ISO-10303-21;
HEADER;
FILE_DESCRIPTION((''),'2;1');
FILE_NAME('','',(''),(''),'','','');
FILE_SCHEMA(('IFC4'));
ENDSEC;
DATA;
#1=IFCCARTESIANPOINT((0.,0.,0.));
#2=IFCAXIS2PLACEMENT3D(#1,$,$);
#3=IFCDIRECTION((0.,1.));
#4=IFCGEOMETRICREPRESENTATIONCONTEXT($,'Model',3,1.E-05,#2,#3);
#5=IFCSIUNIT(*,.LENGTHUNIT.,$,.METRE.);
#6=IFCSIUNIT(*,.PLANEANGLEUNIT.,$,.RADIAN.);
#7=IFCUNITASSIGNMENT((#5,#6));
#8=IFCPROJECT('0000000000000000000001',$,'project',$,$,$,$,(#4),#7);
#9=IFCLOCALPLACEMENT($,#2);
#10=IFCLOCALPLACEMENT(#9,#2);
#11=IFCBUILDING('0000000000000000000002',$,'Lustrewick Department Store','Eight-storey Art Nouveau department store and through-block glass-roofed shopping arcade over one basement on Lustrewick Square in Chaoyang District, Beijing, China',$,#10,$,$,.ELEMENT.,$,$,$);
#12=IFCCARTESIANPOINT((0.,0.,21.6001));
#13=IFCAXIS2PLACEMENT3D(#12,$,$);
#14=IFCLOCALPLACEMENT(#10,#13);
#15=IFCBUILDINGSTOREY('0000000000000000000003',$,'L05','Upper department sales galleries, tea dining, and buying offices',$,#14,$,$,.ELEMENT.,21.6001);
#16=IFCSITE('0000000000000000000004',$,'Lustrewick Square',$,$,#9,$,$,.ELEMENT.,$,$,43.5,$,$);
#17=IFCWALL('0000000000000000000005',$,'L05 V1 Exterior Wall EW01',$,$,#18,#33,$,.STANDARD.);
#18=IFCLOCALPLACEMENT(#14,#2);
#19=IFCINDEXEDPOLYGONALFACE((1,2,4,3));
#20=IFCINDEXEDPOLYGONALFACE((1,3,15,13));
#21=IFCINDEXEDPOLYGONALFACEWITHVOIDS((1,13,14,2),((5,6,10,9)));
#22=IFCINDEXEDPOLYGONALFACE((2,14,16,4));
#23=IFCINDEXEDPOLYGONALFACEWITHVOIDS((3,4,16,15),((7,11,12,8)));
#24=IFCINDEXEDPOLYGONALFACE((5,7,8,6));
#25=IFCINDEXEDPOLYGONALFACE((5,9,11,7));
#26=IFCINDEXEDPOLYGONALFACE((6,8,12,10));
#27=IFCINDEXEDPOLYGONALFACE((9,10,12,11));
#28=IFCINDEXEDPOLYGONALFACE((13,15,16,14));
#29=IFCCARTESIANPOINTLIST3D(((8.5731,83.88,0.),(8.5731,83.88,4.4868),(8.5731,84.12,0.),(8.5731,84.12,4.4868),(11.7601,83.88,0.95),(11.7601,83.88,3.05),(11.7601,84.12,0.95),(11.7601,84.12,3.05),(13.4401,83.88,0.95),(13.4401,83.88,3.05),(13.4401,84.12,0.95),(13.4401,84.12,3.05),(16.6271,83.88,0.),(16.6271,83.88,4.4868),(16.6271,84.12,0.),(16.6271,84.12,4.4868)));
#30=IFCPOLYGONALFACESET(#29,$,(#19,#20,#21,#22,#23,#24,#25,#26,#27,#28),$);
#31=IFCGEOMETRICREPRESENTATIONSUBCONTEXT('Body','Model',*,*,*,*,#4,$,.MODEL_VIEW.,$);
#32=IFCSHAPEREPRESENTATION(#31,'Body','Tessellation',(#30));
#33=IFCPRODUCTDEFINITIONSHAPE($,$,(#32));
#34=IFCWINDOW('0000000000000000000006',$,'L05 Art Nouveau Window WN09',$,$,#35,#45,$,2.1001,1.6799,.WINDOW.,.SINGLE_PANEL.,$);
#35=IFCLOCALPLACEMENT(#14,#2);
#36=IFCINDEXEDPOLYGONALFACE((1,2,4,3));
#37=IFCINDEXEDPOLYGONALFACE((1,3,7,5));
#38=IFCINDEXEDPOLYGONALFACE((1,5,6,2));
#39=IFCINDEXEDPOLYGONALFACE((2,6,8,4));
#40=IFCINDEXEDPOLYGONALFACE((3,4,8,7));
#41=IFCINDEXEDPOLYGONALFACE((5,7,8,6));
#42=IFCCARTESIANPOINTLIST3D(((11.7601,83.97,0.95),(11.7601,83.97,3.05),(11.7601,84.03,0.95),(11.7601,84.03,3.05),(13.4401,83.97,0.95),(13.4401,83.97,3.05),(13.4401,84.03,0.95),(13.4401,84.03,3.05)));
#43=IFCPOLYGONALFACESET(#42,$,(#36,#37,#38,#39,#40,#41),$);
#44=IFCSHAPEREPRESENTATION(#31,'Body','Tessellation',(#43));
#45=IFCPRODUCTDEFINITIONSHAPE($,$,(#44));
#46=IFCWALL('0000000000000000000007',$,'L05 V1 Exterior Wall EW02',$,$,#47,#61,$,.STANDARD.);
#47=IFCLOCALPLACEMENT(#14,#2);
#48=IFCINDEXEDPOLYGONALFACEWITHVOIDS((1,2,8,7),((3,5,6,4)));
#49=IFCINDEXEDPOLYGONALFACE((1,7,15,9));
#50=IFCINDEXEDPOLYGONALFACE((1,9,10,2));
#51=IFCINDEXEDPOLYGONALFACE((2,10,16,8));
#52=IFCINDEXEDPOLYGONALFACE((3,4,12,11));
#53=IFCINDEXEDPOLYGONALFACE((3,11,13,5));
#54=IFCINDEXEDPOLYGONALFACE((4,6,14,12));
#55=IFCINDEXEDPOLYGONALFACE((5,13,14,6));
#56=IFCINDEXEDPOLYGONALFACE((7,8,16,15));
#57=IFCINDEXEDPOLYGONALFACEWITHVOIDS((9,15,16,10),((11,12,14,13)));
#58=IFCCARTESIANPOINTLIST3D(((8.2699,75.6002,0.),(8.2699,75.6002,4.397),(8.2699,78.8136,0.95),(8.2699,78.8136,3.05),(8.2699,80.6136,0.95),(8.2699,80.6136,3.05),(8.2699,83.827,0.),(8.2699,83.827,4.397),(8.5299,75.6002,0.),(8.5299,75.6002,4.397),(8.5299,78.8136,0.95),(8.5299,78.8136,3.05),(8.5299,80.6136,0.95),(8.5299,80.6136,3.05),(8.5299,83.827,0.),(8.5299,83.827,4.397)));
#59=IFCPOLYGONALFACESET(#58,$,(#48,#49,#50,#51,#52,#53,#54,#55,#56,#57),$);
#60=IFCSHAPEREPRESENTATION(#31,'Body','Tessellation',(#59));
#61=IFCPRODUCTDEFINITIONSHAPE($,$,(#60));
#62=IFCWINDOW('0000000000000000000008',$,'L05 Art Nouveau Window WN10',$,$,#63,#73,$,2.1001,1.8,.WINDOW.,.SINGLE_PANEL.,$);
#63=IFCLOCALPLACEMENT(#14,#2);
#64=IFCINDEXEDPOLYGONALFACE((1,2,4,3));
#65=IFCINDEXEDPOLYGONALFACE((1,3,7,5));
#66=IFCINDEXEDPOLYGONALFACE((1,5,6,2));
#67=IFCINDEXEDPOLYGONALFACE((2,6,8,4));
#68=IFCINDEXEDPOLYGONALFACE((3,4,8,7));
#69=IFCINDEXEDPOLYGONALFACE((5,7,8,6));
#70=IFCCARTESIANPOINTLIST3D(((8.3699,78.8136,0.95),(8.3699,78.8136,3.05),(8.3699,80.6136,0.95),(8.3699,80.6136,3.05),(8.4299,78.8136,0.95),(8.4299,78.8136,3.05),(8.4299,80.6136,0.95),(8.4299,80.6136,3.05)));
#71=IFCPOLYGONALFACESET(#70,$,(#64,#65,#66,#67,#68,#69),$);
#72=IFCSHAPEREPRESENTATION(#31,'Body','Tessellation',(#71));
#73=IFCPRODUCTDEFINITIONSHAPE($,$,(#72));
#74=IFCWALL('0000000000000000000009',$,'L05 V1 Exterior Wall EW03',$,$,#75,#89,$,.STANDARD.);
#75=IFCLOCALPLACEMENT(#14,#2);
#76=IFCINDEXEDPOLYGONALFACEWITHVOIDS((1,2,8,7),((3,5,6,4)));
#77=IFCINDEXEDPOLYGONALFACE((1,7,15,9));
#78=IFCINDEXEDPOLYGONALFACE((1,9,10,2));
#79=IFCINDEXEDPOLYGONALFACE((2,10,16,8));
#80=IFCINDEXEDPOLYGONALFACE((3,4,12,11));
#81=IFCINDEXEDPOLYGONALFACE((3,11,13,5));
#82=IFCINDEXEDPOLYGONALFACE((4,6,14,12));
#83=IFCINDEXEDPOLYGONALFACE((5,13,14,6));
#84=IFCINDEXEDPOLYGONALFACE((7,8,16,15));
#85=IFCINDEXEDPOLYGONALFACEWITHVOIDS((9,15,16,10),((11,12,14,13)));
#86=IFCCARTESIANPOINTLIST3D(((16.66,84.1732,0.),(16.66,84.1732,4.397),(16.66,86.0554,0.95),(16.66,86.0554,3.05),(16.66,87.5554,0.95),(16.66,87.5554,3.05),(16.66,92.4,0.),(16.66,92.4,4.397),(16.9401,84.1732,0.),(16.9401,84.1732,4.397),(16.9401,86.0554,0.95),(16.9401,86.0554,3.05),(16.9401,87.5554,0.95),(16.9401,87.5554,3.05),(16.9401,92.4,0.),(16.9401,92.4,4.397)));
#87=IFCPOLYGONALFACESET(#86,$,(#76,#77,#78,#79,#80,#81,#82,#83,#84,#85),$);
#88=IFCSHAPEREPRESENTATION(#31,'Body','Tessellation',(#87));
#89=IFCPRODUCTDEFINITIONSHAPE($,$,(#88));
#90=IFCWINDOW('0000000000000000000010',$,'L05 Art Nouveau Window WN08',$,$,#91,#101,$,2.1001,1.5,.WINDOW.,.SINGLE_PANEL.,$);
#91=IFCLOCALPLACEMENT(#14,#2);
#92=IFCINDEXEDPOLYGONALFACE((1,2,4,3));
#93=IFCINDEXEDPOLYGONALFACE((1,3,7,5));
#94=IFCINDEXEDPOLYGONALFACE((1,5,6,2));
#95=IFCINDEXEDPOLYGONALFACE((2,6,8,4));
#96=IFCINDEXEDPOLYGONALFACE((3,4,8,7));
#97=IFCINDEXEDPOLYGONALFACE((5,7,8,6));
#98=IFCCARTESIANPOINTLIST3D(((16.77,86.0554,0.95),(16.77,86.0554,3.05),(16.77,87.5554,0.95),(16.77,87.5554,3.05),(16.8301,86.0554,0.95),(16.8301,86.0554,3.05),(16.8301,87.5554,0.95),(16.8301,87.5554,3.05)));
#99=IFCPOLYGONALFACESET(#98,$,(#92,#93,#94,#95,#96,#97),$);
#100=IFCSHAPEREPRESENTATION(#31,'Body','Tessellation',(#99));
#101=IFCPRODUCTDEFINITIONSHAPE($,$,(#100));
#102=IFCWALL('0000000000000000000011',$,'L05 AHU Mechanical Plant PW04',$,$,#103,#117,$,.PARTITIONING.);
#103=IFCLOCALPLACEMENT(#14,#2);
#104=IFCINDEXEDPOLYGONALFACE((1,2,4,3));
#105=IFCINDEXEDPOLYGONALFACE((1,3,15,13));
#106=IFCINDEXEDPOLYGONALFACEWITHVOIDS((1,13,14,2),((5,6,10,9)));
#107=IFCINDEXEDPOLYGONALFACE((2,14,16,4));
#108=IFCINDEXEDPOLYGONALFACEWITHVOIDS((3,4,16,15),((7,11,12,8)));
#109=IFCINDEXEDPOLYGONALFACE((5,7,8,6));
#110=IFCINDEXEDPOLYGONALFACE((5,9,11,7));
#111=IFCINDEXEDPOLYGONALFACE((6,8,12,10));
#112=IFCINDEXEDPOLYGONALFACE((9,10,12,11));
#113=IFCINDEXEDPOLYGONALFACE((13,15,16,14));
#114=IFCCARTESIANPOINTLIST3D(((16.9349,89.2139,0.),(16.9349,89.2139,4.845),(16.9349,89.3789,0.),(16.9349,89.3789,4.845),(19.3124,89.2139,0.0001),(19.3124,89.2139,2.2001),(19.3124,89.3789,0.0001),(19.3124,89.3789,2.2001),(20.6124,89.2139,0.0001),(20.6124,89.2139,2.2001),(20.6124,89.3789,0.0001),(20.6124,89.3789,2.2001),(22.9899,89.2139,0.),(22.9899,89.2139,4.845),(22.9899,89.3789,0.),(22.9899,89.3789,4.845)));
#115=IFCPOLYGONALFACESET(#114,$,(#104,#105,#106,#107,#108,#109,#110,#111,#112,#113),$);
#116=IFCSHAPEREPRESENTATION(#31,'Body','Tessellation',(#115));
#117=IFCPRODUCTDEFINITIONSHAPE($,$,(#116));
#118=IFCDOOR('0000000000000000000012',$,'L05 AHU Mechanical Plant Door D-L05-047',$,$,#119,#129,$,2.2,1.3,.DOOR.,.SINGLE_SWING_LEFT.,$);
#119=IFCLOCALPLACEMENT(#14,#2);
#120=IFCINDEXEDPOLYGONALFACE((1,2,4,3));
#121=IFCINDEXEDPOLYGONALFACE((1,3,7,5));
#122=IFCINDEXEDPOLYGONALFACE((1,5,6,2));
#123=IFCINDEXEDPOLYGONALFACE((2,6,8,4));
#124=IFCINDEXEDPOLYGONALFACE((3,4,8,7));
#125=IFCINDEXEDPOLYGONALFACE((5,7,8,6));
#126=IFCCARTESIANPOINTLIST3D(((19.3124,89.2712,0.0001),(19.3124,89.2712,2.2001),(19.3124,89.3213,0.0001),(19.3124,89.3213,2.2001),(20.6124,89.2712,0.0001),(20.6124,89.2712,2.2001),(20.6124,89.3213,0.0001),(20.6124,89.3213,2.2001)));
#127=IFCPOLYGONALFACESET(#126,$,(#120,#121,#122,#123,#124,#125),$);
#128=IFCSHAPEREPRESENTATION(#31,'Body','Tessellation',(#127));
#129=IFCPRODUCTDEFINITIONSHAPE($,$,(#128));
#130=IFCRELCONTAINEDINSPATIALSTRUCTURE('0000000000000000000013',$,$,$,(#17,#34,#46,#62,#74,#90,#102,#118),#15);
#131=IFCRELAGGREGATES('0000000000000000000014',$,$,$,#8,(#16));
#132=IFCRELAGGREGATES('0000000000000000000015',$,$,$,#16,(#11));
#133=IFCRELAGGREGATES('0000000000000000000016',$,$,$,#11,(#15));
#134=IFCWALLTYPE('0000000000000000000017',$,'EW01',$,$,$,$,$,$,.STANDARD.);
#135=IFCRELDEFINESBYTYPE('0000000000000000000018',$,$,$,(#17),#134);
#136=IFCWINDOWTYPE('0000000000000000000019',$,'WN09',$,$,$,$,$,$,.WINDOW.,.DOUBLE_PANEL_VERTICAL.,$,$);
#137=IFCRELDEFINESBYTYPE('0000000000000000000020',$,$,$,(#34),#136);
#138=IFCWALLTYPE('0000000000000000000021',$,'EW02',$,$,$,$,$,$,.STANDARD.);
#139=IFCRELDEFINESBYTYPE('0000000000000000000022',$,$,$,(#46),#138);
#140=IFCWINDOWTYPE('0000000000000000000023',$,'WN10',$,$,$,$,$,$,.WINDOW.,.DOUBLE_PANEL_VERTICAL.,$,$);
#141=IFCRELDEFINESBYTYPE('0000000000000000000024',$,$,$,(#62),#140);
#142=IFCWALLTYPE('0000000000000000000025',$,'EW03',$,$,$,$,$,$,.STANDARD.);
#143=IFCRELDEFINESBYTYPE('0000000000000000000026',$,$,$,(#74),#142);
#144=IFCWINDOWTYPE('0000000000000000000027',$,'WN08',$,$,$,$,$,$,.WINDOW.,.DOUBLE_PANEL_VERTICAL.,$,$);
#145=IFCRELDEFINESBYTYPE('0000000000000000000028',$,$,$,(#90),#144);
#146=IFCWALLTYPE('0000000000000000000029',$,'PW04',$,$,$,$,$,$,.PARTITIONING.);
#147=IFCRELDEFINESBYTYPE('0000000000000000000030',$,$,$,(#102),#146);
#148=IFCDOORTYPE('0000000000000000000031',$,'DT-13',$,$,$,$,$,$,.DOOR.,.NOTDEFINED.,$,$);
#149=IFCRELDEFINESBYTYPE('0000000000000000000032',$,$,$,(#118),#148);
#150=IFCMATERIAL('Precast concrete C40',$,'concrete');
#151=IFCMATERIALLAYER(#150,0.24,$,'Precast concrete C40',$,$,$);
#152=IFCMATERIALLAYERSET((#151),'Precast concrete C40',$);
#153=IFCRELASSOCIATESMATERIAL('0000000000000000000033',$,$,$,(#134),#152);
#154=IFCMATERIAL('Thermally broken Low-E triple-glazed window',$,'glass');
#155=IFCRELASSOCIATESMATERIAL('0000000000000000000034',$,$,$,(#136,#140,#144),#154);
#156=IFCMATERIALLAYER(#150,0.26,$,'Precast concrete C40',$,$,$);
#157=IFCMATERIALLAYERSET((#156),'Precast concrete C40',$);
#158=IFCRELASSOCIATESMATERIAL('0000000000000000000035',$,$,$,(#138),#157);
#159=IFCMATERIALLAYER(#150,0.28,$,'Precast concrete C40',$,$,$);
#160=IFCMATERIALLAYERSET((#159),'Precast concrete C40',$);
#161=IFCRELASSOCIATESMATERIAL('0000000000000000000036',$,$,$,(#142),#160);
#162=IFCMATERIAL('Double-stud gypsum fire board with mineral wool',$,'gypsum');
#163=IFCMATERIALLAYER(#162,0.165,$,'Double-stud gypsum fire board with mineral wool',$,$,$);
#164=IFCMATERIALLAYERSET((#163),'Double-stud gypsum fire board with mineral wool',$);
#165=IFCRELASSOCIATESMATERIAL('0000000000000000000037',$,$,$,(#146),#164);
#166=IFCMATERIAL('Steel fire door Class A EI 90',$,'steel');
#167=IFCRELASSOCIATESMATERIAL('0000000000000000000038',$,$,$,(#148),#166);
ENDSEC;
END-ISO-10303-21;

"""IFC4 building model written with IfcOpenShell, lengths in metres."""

from ifc_helpers import new_model, si_unit, direction, frame, frame_2d, origin, place, context, subcontext, project, spatial, rectangle, extrude, material, layer, layer_set, type_object, element, fill, save


model = new_model("IFC4")

# Units and contexts
model_context = context("Model", 3, precision=1e-05, world=origin(), true_north=direction((0.0, 1.0)))
body_context = subcontext(model_context, "Body", "Model", "MODEL_VIEW")
ifc_project = project(units=[si_unit("LENGTHUNIT", "METRE"), si_unit("PLANEANGLEUNIT", "RADIAN")], contexts=[model_context])

# Site, building, storey
site_placement = place(None, origin())
site = spatial("IfcSite", under=ifc_project, at=site_placement, Name="Lustrewick Square", CompositionType="ELEMENT", RefElevation=43.5)
building_placement = place(site_placement, origin())
building = spatial("IfcBuilding", under=site, at=building_placement, Name="Lustrewick Department Store", Description="Eight-storey Art Nouveau department store and through-block glass-roofed shopping arcade over one basement on Lustrewick Square in Chaoyang District, Beijing, China", CompositionType="ELEMENT")
storey_placement = place(building_placement, frame((0.0, 0.0, 21.6001)))
storey = spatial("IfcBuildingStorey", under=building, at=storey_placement, Name="L05", Description="Upper department sales galleries, tea dining, and buying offices", CompositionType="ELEMENT", Elevation=21.6001)

# Walls, openings, windows
ifc_material_1 = material(Name="Precast concrete C40", Category="concrete")
ifc_layer_1 = layer(ifc_material_1, 0.24, Name="Precast concrete C40")
ifc_layer_set_1 = layer_set([ifc_layer_1], Name="Precast concrete C40")
wall_type_1 = type_object("IfcWallType", Name="EW01", PredefinedType="STANDARD", material=ifc_layer_set_1)
wall_1_placement = place(storey_placement, frame((16.627, 84.0, 0.0), z_axis=(0.0, 0.0, 1.0), x_axis=(-1.0, 0.0, 0.0)))
wall_1 = element("IfcWall", 1, at=wall_1_placement, inside=storey, type_object=wall_type_1, Name="L05 V1 Exterior Wall EW01", PredefinedType="STANDARD", context=body_context, shape_type="SweptSolid", body=[
    extrude(rectangle(XDim=8.054, YDim=0.24, at=frame_2d((4.0269, 0.0))), origin(), (0.0, 0.0, 1.0), 4.4868),
])
opening_1_placement = place(wall_1_placement, frame((3.187, 0.0, 0.95)))
opening_1 = element("IfcOpeningElement", 2, at=opening_1_placement, cuts=wall_1, PredefinedType="OPENING", context=body_context, shape_type="SweptSolid", body=[
    extrude(rectangle(XDim=1.6799, YDim=2.1001, at=frame_2d((0.8398, 1.05))), frame((0.0, 0.1299, 0.0), z_axis=(0.0, -1.0, 0.0), x_axis=(1.0, 0.0, 0.0)), (0.0, 0.0, 1.0), 0.26),
])
ifc_material_2 = material(Name="Thermally broken Low-E triple-glazed window", Category="glass")
window_type_1 = type_object("IfcWindowType", Name="WN09", PartitioningType="DOUBLE_PANEL_VERTICAL", PredefinedType="WINDOW", material=ifc_material_2)
window_1_placement = place(opening_1_placement, origin())
window_1 = element("IfcWindow", 3, at=window_1_placement, inside=storey, type_object=window_type_1, Name="L05 Art Nouveau Window WN09", OverallHeight=2.1001, OverallWidth=1.6799, PartitioningType="SINGLE_PANEL", PredefinedType="WINDOW", context=body_context, shape_type="SweptSolid", body=[
    extrude(rectangle(XDim=1.6799, YDim=2.1001, at=frame_2d((0.8398, 1.05))), frame((0.0, 0.03, 0.0), z_axis=(0.0, -1.0, 0.0), x_axis=(1.0, 0.0, 0.0)), (0.0, 0.0, 1.0), 0.0601),
])
fill(opening_1, window_1)
ifc_layer_2 = layer(ifc_material_1, 0.26, Name="Precast concrete C40")
ifc_layer_set_2 = layer_set([ifc_layer_2], Name="Precast concrete C40")
wall_type_2 = type_object("IfcWallType", Name="EW02", PredefinedType="STANDARD", material=ifc_layer_set_2)
wall_2_placement = place(storey_placement, frame((8.3999, 83.8269, 0.0), z_axis=(0.0, 0.0, 1.0), x_axis=(0.0, -1.0, 0.0)))
wall_2 = element("IfcWall", 4, at=wall_2_placement, inside=storey, type_object=wall_type_2, Name="L05 V1 Exterior Wall EW02", PredefinedType="STANDARD", context=body_context, shape_type="SweptSolid", body=[
    extrude(rectangle(XDim=8.2268, YDim=0.26, at=frame_2d((4.1133, 0.0))), origin(), (0.0, 0.0, 1.0), 4.397),
])
opening_2_placement = place(wall_2_placement, frame((3.2134, 0.0, 0.95)))
opening_2 = element("IfcOpeningElement", 5, at=opening_2_placement, cuts=wall_2, PredefinedType="OPENING", context=body_context, shape_type="SweptSolid", body=[
    extrude(rectangle(XDim=1.8, YDim=2.1001, at=frame_2d((0.8999, 1.05))), frame((0.0, 0.1401, 0.0), z_axis=(0.0, -1.0, 0.0), x_axis=(1.0, 0.0, 0.0)), (0.0, 0.0, 1.0), 0.28),
])
window_type_2 = type_object("IfcWindowType", Name="WN10", PartitioningType="DOUBLE_PANEL_VERTICAL", PredefinedType="WINDOW", material=ifc_material_2)
window_2_placement = place(opening_2_placement, origin())
window_2 = element("IfcWindow", 6, at=window_2_placement, inside=storey, type_object=window_type_2, Name="L05 Art Nouveau Window WN10", OverallHeight=2.1001, OverallWidth=1.8, PartitioningType="SINGLE_PANEL", PredefinedType="WINDOW", context=body_context, shape_type="SweptSolid", body=[
    extrude(rectangle(XDim=1.8, YDim=2.1001, at=frame_2d((0.8999, 1.05))), frame((0.0, 0.03, 0.0), z_axis=(0.0, -1.0, 0.0), x_axis=(1.0, 0.0, 0.0)), (0.0, 0.0, 1.0), 0.0601),
])
fill(opening_2, window_2)
ifc_layer_3 = layer(ifc_material_1, 0.28, Name="Precast concrete C40")
ifc_layer_set_3 = layer_set([ifc_layer_3], Name="Precast concrete C40")
wall_type_3 = type_object("IfcWallType", Name="EW03", PredefinedType="STANDARD", material=ifc_layer_set_3)
wall_3_placement = place(storey_placement, frame((16.8, 92.3999, 0.0), z_axis=(0.0, 0.0, 1.0), x_axis=(0.0, -1.0, 0.0)))
wall_3 = element("IfcWall", 7, at=wall_3_placement, inside=storey, type_object=wall_type_3, Name="L05 V1 Exterior Wall EW03", PredefinedType="STANDARD", context=body_context, shape_type="SweptSolid", body=[
    extrude(rectangle(XDim=8.2268, YDim=0.28, at=frame_2d((4.1133, 0.0))), origin(), (0.0, 0.0, 1.0), 4.397),
])
opening_3_placement = place(wall_3_placement, frame((4.8445, 0.0, 0.95)))
opening_3 = element("IfcOpeningElement", 8, at=opening_3_placement, cuts=wall_3, PredefinedType="OPENING", context=body_context, shape_type="SweptSolid", body=[
    extrude(rectangle(XDim=1.5, YDim=2.1001, at=frame_2d((0.75, 1.05))), frame((0.0, 0.1499, 0.0), z_axis=(0.0, -1.0, 0.0), x_axis=(1.0, 0.0, 0.0)), (0.0, 0.0, 1.0), 0.3),
])
window_type_3 = type_object("IfcWindowType", Name="WN08", PartitioningType="DOUBLE_PANEL_VERTICAL", PredefinedType="WINDOW", material=ifc_material_2)
window_3_placement = place(opening_3_placement, origin())
window_3 = element("IfcWindow", 9, at=window_3_placement, inside=storey, type_object=window_type_3, Name="L05 Art Nouveau Window WN08", OverallHeight=2.1001, OverallWidth=1.5, PartitioningType="SINGLE_PANEL", PredefinedType="WINDOW", context=body_context, shape_type="SweptSolid", body=[
    extrude(rectangle(XDim=1.5, YDim=2.1001, at=frame_2d((0.75, 1.05))), frame((0.0, 0.03, 0.0), z_axis=(0.0, -1.0, 0.0), x_axis=(1.0, 0.0, 0.0)), (0.0, 0.0, 1.0), 0.0601),
])
fill(opening_3, window_3)

# Wall, opening, door
ifc_material_3 = material(Name="Double-stud gypsum fire board with mineral wool", Category="gypsum")
ifc_layer_4 = layer(ifc_material_3, 0.165, Name="Double-stud gypsum fire board with mineral wool")
ifc_layer_set_4 = layer_set([ifc_layer_4], Name="Double-stud gypsum fire board with mineral wool")
wall_type_4 = type_object("IfcWallType", Name="PW04", PredefinedType="PARTITIONING", material=ifc_layer_set_4)
wall_4_placement = place(storey_placement, frame((16.9351, 89.2964, 0.0), z_axis=(0.0, 0.0, 1.0), x_axis=(1.0, 0.0, 0.0)))
wall_4 = element("IfcWall", 10, at=wall_4_placement, inside=storey, type_object=wall_type_4, Name="L05 AHU Mechanical Plant PW04", PredefinedType="PARTITIONING", context=body_context, shape_type="SweptSolid", body=[
    extrude(rectangle(XDim=6.0549, YDim=0.165, at=frame_2d((3.0273, 0.0))), origin(), (0.0, 0.0, 1.0), 4.845),
])
opening_4_placement = place(wall_4_placement, frame((2.3774, 0.0, 0.0)))
opening_4 = element("IfcOpeningElement", 11, at=opening_4_placement, cuts=wall_4, PredefinedType="OPENING", context=body_context, shape_type="SweptSolid", body=[
    extrude(rectangle(XDim=1.3, YDim=2.2, at=frame_2d((0.6499, 1.1001))), frame((0.0, 0.0925, 0.0), z_axis=(0.0, -1.0, 0.0), x_axis=(1.0, 0.0, 0.0)), (0.0, 0.0, 1.0), 0.1851),
])
ifc_material_4 = material(Name="Steel fire door Class A EI 90", Category="steel")
door_type = type_object("IfcDoorType", Name="DT-13", OperationType="NOTDEFINED", PredefinedType="DOOR", material=ifc_material_4)
door_placement = place(opening_4_placement, origin())
door = element("IfcDoor", 12, at=door_placement, inside=storey, type_object=door_type, Name="L05 AHU Mechanical Plant Door D-L05-047", OperationType="SINGLE_SWING_LEFT", OverallHeight=2.2, OverallWidth=1.3, PredefinedType="DOOR", context=body_context, shape_type="SweptSolid", body=[
    extrude(rectangle(XDim=1.3, YDim=2.2, at=frame_2d((0.6499, 1.1001))), frame((0.0, 0.0249, 0.0), z_axis=(0.0, -1.0, 0.0), x_axis=(1.0, 0.0, 0.0)), (0.0, 0.0, 1.0), 0.05),
])
fill(opening_4, door)

save(model, "model.ifc")
